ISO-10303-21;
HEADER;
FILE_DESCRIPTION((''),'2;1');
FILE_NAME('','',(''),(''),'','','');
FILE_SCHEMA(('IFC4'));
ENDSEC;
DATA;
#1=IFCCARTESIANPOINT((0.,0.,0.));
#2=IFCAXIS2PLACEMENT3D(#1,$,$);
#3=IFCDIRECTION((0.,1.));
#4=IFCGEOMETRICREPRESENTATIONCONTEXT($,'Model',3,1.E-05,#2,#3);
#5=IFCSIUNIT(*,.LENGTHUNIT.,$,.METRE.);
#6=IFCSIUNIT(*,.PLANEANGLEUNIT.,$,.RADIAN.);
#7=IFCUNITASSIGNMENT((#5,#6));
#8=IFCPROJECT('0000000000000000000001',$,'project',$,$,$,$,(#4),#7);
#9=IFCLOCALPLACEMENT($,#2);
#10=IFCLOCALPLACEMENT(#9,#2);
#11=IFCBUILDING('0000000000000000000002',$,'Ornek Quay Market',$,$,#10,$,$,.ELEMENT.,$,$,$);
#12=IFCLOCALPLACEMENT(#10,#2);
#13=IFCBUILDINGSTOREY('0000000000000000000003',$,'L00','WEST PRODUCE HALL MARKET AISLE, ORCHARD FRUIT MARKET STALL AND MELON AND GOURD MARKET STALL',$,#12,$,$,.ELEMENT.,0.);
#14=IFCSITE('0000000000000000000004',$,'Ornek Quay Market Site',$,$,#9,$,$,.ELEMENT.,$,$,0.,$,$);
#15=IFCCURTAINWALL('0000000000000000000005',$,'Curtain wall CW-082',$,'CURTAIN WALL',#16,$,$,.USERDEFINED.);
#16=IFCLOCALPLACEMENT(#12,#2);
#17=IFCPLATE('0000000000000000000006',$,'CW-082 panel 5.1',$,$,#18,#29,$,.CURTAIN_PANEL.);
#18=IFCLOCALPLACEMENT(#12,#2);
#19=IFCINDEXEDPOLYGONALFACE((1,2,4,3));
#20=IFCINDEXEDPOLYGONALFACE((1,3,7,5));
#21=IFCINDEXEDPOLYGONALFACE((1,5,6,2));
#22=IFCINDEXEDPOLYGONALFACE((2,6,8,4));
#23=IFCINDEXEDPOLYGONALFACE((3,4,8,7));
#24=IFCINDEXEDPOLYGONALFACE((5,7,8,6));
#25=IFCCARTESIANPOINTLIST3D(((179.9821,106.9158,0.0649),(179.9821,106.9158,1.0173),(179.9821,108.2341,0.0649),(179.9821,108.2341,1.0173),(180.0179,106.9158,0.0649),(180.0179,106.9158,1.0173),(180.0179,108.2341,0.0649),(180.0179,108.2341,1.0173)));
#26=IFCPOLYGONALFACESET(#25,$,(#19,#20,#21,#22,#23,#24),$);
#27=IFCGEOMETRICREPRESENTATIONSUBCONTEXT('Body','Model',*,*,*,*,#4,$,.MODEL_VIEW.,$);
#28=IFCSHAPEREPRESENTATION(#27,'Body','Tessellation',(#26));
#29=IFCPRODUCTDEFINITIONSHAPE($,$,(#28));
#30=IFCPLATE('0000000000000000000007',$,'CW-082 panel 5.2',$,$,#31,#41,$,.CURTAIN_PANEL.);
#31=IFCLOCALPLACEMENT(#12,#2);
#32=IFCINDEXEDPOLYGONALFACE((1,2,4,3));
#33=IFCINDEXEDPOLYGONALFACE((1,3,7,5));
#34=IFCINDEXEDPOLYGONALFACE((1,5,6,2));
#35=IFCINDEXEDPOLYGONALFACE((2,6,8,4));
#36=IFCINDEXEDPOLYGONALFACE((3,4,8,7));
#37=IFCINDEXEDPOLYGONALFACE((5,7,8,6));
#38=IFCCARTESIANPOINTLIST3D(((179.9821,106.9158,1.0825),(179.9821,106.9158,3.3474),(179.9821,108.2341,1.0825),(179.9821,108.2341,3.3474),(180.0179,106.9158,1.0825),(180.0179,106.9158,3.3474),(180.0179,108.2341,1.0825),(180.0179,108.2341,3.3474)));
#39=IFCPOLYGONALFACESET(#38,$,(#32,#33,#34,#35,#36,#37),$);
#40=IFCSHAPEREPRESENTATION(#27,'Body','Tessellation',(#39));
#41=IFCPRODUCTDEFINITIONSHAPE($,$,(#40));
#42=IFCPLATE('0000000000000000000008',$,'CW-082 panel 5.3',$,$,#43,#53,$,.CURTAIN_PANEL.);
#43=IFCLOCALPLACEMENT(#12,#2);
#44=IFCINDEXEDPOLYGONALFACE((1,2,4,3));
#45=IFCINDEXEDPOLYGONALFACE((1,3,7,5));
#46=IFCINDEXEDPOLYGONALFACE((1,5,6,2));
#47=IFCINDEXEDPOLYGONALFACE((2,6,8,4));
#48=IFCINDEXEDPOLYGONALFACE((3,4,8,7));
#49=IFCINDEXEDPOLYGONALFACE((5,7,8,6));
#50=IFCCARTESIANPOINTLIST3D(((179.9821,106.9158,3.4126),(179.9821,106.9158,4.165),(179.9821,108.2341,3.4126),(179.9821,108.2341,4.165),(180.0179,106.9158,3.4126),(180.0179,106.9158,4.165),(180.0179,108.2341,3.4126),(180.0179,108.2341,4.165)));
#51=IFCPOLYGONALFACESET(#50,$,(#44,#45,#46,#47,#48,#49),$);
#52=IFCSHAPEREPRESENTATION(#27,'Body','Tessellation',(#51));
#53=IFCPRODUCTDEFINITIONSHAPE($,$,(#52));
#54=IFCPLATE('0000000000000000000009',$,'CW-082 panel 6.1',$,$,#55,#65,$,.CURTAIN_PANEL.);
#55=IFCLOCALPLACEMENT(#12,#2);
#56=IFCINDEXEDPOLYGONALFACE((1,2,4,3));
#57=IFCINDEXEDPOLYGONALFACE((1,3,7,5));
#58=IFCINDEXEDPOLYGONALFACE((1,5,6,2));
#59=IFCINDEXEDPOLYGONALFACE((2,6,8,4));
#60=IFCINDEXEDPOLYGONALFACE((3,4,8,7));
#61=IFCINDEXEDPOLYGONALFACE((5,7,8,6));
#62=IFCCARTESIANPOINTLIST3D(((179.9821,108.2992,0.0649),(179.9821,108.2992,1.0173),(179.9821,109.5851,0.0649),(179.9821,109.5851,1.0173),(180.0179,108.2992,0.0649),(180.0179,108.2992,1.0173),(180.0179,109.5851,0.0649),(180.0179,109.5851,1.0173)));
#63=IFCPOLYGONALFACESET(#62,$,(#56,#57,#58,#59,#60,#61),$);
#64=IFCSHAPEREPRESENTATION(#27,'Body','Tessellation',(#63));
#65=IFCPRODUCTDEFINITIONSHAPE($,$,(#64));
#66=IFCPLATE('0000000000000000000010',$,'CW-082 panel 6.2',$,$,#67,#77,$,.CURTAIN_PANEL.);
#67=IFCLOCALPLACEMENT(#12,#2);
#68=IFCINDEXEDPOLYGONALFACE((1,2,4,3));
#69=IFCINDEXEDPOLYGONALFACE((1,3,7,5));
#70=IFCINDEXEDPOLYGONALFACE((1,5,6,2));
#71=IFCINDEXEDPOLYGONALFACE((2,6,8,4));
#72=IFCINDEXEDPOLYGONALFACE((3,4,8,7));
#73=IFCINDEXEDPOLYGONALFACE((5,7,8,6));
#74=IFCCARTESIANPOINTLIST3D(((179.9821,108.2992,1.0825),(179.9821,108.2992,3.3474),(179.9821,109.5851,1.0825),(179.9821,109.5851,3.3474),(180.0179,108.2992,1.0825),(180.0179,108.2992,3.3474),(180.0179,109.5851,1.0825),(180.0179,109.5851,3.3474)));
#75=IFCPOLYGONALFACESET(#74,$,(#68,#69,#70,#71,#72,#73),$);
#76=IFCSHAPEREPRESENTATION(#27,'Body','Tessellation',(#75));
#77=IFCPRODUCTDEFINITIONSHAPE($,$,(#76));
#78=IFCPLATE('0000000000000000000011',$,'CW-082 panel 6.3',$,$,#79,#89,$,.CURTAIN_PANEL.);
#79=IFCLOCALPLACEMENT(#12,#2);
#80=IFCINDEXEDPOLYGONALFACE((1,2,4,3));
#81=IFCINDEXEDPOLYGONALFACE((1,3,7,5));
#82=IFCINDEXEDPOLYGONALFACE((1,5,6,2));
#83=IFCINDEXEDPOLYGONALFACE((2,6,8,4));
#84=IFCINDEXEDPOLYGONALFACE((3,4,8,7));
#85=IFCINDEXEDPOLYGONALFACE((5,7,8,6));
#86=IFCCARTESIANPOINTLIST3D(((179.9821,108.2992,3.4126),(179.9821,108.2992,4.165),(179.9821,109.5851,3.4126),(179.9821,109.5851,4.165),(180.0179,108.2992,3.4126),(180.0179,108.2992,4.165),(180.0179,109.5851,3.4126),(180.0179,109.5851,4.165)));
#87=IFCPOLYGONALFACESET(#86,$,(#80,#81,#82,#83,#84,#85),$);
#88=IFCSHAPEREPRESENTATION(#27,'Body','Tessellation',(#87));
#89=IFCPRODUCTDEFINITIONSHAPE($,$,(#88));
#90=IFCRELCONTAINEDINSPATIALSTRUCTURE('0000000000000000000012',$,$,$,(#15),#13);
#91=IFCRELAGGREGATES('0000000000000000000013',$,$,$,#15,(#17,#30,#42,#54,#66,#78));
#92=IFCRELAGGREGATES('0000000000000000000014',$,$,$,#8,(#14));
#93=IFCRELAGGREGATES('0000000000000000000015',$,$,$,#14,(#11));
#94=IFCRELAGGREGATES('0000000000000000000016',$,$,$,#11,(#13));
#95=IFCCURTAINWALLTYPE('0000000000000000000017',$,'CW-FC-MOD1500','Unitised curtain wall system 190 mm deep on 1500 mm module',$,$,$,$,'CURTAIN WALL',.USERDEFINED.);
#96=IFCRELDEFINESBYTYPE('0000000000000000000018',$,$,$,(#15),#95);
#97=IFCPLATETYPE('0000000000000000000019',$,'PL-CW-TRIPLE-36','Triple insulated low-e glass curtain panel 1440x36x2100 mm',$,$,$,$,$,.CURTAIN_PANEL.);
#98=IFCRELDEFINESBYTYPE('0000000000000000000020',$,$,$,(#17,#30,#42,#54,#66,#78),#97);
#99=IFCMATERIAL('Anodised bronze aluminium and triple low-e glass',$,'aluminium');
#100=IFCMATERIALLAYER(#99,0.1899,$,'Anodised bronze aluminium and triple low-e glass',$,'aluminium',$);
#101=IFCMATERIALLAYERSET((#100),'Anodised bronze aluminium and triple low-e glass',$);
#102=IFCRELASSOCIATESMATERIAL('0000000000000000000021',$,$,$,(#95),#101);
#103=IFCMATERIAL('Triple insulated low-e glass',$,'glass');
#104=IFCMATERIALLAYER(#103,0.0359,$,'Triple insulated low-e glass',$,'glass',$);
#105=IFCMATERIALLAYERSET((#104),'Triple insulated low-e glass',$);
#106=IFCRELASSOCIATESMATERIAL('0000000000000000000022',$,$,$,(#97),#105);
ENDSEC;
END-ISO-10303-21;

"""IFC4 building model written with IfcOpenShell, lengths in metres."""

from ifc_helpers import new_model, si_unit, direction, frame, origin, origin_2d, place, context, subcontext, project, spatial, rectangle, extrude, material, layer, layer_set, type_object, element, aggregate, save


model = new_model("IFC4")

# Units and contexts
model_context = context("Model", 3, precision=1e-05, world=origin(), true_north=direction((0.0, 1.0)))
body_context = subcontext(model_context, "Body", "Model", "MODEL_VIEW")
ifc_project = project(units=[si_unit("LENGTHUNIT", "METRE"), si_unit("PLANEANGLEUNIT", "RADIAN")], contexts=[model_context])

# Site, building, storey
site_placement = place(None, origin())
site = spatial("IfcSite", under=ifc_project, at=site_placement, Name="Ornek Quay Market Site", CompositionType="ELEMENT", RefElevation=0.0)
building_placement = place(site_placement, origin())
building = spatial("IfcBuilding", under=site, at=building_placement, Name="Ornek Quay Market", CompositionType="ELEMENT")
storey_placement = place(building_placement, origin())
storey = spatial("IfcBuildingStorey", under=building, at=storey_placement, Name="L00", Description="WEST PRODUCE HALL MARKET AISLE, ORCHARD FRUIT MARKET STALL AND MELON AND GOURD MARKET STALL", CompositionType="ELEMENT", Elevation=0.0)

# Curtain wall, plates
ifc_material_1 = material(Name="Anodised bronze aluminium and triple low-e glass", Category="aluminium")
ifc_layer_1 = layer(ifc_material_1, 0.1899, Name="Anodised bronze aluminium and triple low-e glass", Category="aluminium")
ifc_layer_set_1 = layer_set([ifc_layer_1], Name="Anodised bronze aluminium and triple low-e glass")
curtain_wall_type = type_object("IfcCurtainWallType", Name="CW-FC-MOD1500", Description="Unitised curtain wall system 190 mm deep on 1500 mm module", ElementType="CURTAIN WALL", PredefinedType="USERDEFINED", material=ifc_layer_set_1)
curtain_wall_placement = place(storey_placement, origin())
curtain_wall = element("IfcCurtainWall", 1, at=curtain_wall_placement, inside=storey, type_object=curtain_wall_type, Name="Curtain wall CW-082", ObjectType="CURTAIN WALL", PredefinedType="USERDEFINED")
ifc_material_2 = material(Name="Triple insulated low-e glass", Category="glass")
ifc_layer_2 = layer(ifc_material_2, 0.0359, Name="Triple insulated low-e glass", Category="glass")
ifc_layer_set_2 = layer_set([ifc_layer_2], Name="Triple insulated low-e glass")
plate_type = type_object("IfcPlateType", Name="PL-CW-TRIPLE-36", Description="Triple insulated low-e glass curtain panel 1440x36x2100 mm", PredefinedType="CURTAIN_PANEL", material=ifc_layer_set_2)
plate_1_placement = place(storey_placement, frame((180.0, 107.575, 0.0649), z_axis=(0.0, 0.0, 1.0), x_axis=(0.0, 1.0, 0.0)))
plate_1 = element("IfcPlate", 2, at=plate_1_placement, type_object=plate_type, Name="CW-082 panel 5.1", PredefinedType="CURTAIN_PANEL", context=body_context, shape_type="SweptSolid", body=[
    extrude(rectangle(XDim=1.3184, YDim=0.0359, at=origin_2d()), origin(), (0.0, 0.0, 1.0), 0.9524),
])
plate_2_placement = place(storey_placement, frame((180.0, 107.575, 1.0825), z_axis=(0.0, 0.0, 1.0), x_axis=(0.0, 1.0, 0.0)))
plate_2 = element("IfcPlate", 3, at=plate_2_placement, type_object=plate_type, Name="CW-082 panel 5.2", PredefinedType="CURTAIN_PANEL", context=body_context, shape_type="SweptSolid", body=[
    extrude(rectangle(XDim=1.3184, YDim=0.0359, at=origin_2d()), origin(), (0.0, 0.0, 1.0), 2.2649),
])
plate_3_placement = place(storey_placement, frame((180.0, 107.575, 3.4126), z_axis=(0.0, 0.0, 1.0), x_axis=(0.0, 1.0, 0.0)))
plate_3 = element("IfcPlate", 4, at=plate_3_placement, type_object=plate_type, Name="CW-082 panel 5.3", PredefinedType="CURTAIN_PANEL", context=body_context, shape_type="SweptSolid", body=[
    extrude(rectangle(XDim=1.3184, YDim=0.0359, at=origin_2d()), origin(), (0.0, 0.0, 1.0), 0.7524),
])
plate_4_placement = place(storey_placement, frame((180.0, 108.9421, 0.0649), z_axis=(0.0, 0.0, 1.0), x_axis=(0.0, 1.0, 0.0)))
plate_4 = element("IfcPlate", 5, at=plate_4_placement, type_object=plate_type, Name="CW-082 panel 6.1", PredefinedType="CURTAIN_PANEL", context=body_context, shape_type="SweptSolid", body=[
    extrude(rectangle(XDim=1.2859, YDim=0.0359, at=origin_2d()), origin(), (0.0, 0.0, 1.0), 0.9524),
])
plate_5_placement = place(storey_placement, frame((180.0, 108.9421, 1.0825), z_axis=(0.0, 0.0, 1.0), x_axis=(0.0, 1.0, 0.0)))
plate_5 = element("IfcPlate", 6, at=plate_5_placement, type_object=plate_type, Name="CW-082 panel 6.2", PredefinedType="CURTAIN_PANEL", context=body_context, shape_type="SweptSolid", body=[
    extrude(rectangle(XDim=1.2859, YDim=0.0359, at=origin_2d()), origin(), (0.0, 0.0, 1.0), 2.2649),
])
plate_6_placement = place(storey_placement, frame((180.0, 108.9421, 3.4126), z_axis=(0.0, 0.0, 1.0), x_axis=(0.0, 1.0, 0.0)))
plate_6 = element("IfcPlate", 7, at=plate_6_placement, type_object=plate_type, Name="CW-082 panel 6.3", PredefinedType="CURTAIN_PANEL", context=body_context, shape_type="SweptSolid", body=[
    extrude(rectangle(XDim=1.2859, YDim=0.0359, at=origin_2d()), origin(), (0.0, 0.0, 1.0), 0.7524),
])
aggregate(curtain_wall, [plate_1, plate_2, plate_3, plate_4, plate_5, plate_6])

save(model, "model.ifc")
